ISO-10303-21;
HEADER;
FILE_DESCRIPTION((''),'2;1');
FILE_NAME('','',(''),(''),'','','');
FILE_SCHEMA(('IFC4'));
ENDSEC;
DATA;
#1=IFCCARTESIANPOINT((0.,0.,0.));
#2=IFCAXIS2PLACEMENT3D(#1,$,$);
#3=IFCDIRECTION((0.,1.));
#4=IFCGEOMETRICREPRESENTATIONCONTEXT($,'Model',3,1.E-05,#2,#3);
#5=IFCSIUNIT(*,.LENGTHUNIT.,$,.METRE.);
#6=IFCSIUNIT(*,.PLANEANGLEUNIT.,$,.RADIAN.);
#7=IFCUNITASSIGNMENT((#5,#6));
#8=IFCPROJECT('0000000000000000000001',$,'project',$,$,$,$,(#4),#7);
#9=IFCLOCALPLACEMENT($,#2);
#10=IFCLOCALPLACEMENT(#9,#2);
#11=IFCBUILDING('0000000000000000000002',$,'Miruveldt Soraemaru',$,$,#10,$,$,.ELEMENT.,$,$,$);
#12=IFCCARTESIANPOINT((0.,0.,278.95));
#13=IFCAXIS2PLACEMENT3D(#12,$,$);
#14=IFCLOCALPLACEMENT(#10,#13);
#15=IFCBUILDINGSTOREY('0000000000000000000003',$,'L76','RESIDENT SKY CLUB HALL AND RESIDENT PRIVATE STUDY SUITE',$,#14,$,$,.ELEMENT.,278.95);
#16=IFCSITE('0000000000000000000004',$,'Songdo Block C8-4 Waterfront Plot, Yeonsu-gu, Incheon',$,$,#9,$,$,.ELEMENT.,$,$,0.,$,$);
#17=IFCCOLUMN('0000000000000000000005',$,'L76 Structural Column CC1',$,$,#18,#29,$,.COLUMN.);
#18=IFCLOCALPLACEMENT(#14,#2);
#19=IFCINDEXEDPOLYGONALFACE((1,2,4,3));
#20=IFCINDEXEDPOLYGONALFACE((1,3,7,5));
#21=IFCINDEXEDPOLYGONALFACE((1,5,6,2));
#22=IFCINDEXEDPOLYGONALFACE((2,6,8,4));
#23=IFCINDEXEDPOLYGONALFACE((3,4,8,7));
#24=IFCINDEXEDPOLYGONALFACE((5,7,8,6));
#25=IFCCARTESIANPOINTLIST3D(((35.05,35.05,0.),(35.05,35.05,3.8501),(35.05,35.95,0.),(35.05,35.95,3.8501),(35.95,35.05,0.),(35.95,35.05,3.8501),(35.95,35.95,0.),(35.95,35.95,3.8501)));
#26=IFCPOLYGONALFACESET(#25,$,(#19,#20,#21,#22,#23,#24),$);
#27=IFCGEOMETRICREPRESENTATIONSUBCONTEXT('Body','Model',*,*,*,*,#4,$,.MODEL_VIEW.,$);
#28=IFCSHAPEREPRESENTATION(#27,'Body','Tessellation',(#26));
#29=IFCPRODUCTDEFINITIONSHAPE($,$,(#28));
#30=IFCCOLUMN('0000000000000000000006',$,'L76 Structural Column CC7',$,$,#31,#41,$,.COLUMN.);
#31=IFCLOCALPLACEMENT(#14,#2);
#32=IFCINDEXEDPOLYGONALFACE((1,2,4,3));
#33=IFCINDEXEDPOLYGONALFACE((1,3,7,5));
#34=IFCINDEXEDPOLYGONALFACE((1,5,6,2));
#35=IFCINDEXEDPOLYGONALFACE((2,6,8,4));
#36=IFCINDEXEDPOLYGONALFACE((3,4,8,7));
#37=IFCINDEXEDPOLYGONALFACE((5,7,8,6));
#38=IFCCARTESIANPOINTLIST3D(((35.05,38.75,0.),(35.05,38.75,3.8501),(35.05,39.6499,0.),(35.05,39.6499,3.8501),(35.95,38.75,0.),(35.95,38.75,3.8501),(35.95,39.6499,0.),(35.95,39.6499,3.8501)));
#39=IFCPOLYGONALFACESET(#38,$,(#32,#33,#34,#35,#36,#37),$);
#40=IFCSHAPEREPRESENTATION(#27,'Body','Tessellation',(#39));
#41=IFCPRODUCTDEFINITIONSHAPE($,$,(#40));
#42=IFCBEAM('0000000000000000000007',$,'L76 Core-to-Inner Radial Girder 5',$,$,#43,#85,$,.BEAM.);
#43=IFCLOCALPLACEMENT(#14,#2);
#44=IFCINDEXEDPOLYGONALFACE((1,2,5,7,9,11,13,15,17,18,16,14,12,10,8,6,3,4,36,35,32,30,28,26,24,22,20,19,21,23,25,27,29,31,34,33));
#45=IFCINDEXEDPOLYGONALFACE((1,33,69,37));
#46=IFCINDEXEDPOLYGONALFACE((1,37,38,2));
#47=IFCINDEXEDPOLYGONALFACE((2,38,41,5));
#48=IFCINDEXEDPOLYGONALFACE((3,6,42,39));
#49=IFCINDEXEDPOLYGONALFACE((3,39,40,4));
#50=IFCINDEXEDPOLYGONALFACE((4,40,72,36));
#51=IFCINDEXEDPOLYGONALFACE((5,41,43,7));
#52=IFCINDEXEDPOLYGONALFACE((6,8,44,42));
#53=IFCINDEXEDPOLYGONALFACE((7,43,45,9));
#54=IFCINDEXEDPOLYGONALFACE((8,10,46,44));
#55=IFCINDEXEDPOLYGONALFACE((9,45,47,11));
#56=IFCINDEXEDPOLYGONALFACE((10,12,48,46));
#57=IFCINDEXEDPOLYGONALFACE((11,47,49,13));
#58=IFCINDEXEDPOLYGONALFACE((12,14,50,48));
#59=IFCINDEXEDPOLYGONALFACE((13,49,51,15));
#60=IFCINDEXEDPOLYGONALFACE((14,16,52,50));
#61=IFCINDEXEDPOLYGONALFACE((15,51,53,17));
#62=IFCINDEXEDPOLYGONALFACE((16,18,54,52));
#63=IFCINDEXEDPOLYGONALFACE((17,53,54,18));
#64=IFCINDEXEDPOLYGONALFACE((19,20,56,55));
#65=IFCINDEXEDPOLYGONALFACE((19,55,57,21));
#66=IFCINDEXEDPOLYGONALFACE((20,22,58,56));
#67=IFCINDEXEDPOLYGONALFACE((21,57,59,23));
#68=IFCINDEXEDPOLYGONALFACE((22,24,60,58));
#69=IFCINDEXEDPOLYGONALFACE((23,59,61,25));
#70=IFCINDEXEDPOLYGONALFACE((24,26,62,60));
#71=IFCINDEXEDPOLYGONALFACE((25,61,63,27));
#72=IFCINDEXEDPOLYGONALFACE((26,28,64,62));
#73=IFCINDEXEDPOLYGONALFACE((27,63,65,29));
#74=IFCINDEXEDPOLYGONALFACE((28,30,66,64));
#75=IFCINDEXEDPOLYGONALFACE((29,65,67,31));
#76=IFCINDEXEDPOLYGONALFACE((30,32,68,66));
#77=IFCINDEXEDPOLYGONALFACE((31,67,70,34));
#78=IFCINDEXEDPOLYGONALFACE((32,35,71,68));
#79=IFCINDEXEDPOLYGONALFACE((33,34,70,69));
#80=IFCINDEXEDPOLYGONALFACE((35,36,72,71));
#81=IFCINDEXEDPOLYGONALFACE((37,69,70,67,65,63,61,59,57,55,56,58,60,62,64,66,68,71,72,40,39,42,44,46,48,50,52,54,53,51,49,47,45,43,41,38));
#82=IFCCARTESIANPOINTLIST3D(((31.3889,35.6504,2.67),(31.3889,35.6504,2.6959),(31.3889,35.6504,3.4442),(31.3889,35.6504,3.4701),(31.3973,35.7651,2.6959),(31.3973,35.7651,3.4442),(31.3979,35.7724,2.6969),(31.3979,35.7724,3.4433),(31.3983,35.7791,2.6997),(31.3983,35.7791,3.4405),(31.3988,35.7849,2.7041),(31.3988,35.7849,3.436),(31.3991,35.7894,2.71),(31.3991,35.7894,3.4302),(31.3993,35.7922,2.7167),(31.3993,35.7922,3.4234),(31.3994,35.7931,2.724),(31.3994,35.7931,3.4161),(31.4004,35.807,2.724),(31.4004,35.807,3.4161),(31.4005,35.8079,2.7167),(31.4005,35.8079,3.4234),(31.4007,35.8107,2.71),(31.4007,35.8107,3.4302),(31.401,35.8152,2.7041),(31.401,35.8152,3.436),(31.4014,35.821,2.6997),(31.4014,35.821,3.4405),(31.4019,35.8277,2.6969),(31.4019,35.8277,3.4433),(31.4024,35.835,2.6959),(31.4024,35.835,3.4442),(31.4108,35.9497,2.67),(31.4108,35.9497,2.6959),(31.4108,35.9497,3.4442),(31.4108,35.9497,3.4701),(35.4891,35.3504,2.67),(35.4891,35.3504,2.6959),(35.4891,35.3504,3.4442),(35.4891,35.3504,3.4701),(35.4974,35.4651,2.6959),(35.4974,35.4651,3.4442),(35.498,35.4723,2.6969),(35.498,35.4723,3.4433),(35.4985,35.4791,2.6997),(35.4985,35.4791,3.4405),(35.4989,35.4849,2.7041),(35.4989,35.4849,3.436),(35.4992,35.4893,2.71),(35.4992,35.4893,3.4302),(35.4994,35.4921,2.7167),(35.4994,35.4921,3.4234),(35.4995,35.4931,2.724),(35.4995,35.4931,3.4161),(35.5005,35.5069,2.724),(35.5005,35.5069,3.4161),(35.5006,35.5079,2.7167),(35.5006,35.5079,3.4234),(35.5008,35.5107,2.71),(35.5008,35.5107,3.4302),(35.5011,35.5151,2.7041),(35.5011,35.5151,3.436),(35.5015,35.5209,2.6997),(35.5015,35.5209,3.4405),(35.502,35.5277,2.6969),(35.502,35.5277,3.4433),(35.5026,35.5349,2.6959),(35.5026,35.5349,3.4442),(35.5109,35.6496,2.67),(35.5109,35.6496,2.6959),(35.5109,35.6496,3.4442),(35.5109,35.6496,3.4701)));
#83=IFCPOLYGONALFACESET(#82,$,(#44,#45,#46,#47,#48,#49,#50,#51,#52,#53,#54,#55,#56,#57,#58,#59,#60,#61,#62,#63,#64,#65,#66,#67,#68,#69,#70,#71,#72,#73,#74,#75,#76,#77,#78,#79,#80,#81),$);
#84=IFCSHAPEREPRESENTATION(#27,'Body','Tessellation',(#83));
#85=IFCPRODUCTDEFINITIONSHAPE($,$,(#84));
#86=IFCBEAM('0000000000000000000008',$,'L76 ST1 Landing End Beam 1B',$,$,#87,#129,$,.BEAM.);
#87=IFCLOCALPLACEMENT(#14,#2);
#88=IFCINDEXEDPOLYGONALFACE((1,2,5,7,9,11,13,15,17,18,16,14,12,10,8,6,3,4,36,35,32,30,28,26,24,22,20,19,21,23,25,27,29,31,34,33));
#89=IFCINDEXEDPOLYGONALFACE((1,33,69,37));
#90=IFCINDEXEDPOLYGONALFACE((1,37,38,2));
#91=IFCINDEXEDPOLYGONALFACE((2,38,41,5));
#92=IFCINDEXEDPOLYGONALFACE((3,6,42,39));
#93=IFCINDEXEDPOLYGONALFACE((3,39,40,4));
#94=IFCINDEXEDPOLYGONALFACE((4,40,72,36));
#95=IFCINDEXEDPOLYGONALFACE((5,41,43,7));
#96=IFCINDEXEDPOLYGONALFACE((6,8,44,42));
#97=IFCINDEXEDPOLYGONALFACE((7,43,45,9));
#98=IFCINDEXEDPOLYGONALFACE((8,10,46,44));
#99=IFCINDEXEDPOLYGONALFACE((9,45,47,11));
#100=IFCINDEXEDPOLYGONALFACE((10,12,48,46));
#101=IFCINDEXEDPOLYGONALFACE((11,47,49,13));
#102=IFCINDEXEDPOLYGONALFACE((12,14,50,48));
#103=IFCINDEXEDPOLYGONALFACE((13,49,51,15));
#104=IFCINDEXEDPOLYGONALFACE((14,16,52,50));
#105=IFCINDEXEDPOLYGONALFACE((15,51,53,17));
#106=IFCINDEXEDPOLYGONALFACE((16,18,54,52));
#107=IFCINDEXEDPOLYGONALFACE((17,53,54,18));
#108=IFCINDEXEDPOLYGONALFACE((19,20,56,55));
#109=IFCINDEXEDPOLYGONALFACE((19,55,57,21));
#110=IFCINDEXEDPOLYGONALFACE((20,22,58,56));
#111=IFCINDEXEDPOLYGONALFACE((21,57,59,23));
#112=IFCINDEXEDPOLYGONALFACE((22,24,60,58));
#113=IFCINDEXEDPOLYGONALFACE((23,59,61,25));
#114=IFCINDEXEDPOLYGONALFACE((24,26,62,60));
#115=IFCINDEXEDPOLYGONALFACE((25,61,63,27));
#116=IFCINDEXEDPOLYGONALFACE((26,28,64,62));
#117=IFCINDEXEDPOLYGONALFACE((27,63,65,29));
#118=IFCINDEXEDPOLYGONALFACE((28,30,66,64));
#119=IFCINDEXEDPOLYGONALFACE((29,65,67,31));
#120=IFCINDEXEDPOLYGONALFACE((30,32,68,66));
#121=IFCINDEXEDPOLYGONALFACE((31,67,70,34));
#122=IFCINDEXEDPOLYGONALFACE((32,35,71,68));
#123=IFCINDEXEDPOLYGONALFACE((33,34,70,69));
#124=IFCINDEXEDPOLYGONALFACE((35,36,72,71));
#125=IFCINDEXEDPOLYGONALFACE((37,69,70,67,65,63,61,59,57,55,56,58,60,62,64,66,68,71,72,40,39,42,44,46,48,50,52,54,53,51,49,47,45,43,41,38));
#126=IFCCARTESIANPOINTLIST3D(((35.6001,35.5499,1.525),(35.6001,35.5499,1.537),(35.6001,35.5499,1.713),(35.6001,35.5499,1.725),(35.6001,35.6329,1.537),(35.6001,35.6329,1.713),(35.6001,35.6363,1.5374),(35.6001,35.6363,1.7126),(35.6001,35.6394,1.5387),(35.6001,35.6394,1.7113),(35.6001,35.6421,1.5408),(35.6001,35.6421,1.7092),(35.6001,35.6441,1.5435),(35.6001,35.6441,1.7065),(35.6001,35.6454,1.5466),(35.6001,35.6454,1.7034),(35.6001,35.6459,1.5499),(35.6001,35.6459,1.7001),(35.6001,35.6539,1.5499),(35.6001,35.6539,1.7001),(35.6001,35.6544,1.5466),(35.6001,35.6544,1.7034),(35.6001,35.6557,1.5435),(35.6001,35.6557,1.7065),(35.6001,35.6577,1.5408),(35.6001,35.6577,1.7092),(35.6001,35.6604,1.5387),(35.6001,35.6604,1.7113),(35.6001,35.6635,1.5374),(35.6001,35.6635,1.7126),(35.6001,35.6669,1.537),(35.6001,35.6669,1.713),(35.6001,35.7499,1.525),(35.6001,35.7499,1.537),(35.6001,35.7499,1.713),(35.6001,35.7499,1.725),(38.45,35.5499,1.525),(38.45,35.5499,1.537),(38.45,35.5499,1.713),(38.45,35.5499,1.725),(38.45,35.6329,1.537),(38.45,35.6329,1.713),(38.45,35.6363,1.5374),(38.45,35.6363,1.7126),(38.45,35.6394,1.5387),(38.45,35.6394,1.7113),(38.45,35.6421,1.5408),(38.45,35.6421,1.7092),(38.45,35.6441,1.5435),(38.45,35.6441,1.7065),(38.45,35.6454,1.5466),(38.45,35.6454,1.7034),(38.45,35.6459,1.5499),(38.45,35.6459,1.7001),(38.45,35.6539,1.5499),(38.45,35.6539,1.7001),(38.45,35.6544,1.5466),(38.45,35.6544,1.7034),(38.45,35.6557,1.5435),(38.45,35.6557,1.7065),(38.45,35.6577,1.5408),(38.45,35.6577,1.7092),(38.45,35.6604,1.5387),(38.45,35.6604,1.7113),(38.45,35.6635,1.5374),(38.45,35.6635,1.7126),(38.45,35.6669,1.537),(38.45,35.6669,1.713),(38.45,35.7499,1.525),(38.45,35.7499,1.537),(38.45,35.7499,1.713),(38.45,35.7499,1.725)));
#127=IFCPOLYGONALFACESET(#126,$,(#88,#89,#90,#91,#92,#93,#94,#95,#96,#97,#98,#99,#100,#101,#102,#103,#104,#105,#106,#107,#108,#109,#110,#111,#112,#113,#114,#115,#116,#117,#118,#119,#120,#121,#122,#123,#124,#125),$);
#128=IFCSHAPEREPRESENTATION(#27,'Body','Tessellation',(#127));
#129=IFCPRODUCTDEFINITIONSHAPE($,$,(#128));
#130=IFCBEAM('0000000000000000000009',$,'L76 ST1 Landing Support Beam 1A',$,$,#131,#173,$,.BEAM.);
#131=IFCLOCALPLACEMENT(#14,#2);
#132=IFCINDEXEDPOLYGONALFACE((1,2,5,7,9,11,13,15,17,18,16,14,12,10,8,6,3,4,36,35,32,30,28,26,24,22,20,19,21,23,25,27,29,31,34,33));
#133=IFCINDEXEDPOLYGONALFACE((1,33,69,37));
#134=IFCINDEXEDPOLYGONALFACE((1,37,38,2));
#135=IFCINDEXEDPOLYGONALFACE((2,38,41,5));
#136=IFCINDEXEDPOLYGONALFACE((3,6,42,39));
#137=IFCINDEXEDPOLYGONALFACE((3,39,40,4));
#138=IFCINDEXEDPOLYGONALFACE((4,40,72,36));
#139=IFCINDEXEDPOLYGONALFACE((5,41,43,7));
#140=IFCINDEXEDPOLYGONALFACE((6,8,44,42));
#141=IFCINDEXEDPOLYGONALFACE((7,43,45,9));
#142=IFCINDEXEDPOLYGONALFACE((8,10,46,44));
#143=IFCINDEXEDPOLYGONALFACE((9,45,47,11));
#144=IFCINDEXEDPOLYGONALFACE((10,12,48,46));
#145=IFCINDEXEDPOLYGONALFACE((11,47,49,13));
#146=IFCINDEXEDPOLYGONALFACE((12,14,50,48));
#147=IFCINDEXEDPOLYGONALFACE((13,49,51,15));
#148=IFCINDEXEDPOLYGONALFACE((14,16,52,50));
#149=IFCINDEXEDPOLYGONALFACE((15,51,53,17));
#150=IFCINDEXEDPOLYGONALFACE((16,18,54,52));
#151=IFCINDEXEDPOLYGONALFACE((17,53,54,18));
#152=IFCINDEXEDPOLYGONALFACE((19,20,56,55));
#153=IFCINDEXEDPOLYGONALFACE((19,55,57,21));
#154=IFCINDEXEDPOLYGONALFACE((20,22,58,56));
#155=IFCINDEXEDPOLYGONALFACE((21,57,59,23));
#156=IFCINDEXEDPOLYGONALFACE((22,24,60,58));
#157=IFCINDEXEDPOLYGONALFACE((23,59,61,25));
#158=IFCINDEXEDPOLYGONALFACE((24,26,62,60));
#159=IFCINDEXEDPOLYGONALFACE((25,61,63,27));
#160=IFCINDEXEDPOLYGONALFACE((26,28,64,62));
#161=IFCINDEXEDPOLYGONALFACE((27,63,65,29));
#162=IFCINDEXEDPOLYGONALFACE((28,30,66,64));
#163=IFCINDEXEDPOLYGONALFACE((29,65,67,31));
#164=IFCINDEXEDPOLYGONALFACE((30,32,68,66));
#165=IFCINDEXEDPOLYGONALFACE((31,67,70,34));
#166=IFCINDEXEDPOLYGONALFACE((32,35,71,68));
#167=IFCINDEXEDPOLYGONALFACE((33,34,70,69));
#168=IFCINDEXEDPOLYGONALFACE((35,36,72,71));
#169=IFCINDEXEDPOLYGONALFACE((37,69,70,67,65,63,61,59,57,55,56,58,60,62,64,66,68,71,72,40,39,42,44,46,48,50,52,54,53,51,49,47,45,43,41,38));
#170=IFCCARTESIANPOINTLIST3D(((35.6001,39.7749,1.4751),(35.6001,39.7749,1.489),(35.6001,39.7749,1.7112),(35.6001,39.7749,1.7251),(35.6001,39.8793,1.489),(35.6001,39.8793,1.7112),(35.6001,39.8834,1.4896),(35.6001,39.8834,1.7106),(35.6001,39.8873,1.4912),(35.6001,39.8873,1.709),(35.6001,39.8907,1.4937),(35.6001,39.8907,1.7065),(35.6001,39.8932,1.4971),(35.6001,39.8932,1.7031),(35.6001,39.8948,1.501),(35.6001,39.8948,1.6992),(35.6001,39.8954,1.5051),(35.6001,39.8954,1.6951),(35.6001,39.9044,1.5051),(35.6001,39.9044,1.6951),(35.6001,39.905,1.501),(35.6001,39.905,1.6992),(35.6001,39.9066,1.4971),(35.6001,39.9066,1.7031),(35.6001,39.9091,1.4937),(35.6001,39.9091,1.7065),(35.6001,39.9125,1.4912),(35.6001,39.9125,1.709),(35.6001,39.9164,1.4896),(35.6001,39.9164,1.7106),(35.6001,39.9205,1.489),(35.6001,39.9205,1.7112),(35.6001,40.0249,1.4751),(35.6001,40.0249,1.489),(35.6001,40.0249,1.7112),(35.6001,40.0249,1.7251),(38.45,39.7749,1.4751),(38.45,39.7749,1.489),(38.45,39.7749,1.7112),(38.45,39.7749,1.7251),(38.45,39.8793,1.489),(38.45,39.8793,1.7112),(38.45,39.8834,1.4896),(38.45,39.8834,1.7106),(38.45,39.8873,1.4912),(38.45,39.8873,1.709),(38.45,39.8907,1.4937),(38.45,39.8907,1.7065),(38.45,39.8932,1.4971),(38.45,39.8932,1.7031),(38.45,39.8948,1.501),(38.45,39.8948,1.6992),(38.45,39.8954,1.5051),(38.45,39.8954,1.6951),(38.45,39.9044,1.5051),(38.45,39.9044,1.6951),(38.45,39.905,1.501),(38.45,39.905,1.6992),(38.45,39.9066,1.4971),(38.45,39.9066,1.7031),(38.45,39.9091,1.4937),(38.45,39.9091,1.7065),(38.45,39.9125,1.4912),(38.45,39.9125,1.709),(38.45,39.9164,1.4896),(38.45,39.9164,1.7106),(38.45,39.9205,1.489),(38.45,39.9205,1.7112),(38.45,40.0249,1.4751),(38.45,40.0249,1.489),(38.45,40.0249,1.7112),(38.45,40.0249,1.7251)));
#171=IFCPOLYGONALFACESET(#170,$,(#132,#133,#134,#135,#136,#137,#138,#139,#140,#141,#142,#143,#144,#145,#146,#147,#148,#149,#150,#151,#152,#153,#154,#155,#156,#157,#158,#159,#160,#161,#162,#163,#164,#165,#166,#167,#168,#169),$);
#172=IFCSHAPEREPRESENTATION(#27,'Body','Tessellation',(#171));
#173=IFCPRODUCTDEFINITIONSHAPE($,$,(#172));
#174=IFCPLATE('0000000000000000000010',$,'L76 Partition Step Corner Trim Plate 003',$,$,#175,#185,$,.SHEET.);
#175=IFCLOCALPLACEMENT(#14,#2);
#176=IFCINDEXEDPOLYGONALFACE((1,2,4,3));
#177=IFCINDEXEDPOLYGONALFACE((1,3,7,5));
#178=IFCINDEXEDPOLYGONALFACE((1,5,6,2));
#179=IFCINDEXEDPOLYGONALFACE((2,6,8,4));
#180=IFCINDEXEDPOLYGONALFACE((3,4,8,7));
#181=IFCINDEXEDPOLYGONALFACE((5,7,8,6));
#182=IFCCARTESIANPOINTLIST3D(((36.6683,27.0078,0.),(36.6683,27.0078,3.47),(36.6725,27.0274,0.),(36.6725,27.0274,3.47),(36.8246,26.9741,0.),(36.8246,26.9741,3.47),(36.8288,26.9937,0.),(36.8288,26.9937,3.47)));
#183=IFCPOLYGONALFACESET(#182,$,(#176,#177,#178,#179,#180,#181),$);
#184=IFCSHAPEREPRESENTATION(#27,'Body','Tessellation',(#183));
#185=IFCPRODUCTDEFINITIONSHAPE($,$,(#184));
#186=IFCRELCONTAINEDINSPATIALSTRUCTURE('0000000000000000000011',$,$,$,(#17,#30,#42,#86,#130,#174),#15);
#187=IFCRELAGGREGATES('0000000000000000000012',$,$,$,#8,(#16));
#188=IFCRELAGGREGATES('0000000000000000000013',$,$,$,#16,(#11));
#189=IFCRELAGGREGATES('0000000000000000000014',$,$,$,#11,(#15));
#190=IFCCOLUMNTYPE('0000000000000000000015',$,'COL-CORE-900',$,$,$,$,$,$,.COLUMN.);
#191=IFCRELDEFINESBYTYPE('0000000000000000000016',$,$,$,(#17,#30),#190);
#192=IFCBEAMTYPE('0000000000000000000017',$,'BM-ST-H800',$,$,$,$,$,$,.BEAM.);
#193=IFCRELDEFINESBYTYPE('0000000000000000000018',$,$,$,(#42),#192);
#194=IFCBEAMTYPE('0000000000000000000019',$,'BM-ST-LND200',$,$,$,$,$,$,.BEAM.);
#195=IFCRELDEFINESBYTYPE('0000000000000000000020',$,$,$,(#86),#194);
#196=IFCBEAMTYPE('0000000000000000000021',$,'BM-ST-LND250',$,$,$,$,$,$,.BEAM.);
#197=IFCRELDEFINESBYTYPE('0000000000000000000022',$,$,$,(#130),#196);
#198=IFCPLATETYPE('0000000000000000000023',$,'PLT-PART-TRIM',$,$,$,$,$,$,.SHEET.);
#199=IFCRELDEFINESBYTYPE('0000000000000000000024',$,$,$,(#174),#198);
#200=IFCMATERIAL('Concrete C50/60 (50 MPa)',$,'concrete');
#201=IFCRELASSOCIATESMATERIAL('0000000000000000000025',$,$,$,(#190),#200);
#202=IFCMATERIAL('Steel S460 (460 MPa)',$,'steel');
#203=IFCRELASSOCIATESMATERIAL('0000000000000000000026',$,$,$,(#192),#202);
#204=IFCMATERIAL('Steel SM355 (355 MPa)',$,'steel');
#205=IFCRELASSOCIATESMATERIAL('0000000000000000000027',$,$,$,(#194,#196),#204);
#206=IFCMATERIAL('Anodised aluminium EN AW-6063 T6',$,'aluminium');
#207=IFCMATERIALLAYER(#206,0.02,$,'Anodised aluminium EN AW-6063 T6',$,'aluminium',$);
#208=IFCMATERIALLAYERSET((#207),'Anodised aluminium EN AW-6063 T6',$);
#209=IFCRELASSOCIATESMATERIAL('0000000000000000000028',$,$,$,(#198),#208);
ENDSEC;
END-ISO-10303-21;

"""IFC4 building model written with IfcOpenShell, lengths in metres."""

from ifc_helpers import new_model, si_unit, direction, frame, origin, origin_2d, place, context, subcontext, project, spatial, rectangle, i_section, extrude, material, layer, layer_set, material_profile, profile_set, type_object, element, save


model = new_model("IFC4")

# Units and contexts
model_context = context("Model", 3, precision=1e-05, world=origin(), true_north=direction((0.0, 1.0)))
body_context = subcontext(model_context, "Body", "Model", "MODEL_VIEW")
ifc_project = project(units=[si_unit("LENGTHUNIT", "METRE"), si_unit("PLANEANGLEUNIT", "RADIAN")], contexts=[model_context])

# Site, building, storey
site_placement = place(None, origin())
site = spatial("IfcSite", under=ifc_project, at=site_placement, Name="Songdo Block C8-4 Waterfront Plot, Yeonsu-gu, Incheon", CompositionType="ELEMENT", RefElevation=0.0)
building_placement = place(site_placement, origin())
building = spatial("IfcBuilding", under=site, at=building_placement, Name="Miruveldt Soraemaru", CompositionType="ELEMENT")
storey_placement = place(building_placement, frame((0.0, 0.0, 278.95)))
storey = spatial("IfcBuildingStorey", under=building, at=storey_placement, Name="L76", Description="RESIDENT SKY CLUB HALL AND RESIDENT PRIVATE STUDY SUITE", CompositionType="ELEMENT", Elevation=278.95)

# Columns
ifc_material_1 = material(Name="Concrete C50/60 (50 MPa)", Category="concrete")
ifc_material_profile_1 = material_profile(ifc_material_1, rectangle(XDim=0.8999, YDim=0.8999, at=origin_2d()), Name="Concrete C50/60 (50 MPa)", Category="concrete")
ifc_profile_set_1 = profile_set([ifc_material_profile_1], Name="Concrete C50/60 (50 MPa)")
column_type = type_object("IfcColumnType", Name="COL-CORE-900", PredefinedType="COLUMN", material=ifc_profile_set_1)
for number, where, z_axis, x_axis, name in (
    (1, (35.5, 35.5, 0.0), (0.0, 0.0, 1.0), (1.0, 0.0, 0.0), "L76 Structural Column CC1"),
    (2, (35.5, 39.2, 0.0), (0.0, 0.0, 1.0), (1.0, 0.0, 0.0), "L76 Structural Column CC7"),
):
    element("IfcColumn", number, at=place(storey_placement, frame(where, z_axis=z_axis, x_axis=x_axis)), inside=storey, type_object=column_type, Name=name, PredefinedType="COLUMN", context=body_context, shape_type="SweptSolid", body=[
        extrude(rectangle(XDim=0.8999, YDim=0.8999, at=origin_2d()), origin(), (0.0, 0.0, 1.0), 3.8501),
    ])

# Beams
ifc_material_2 = material(Name="Steel S460 (460 MPa)", Category="steel")
ifc_material_profile_2 = material_profile(ifc_material_2, i_section(OverallWidth=0.3, OverallDepth=0.8, WebThickness=0.0139, FlangeThickness=0.0259, FilletRadius=0.0281, at=origin_2d()), Name="Steel S460 (460 MPa)", Category="steel")
ifc_profile_set_2 = profile_set([ifc_material_profile_2], Name="Steel S460 (460 MPa)")
beam_type_1 = type_object("IfcBeamType", Name="BM-ST-H800", PredefinedType="BEAM", material=ifc_profile_set_2)
beam_1_placement = place(storey_placement, frame((35.5, 35.5, 3.0701), z_axis=(-0.997333, 0.072986, 0.0), x_axis=(-0.072986, -0.997333, 0.0)))
element("IfcBeam", 3, at=beam_1_placement, inside=storey, type_object=beam_type_1, Name="L76 Core-to-Inner Radial Girder 5", PredefinedType="BEAM", context=body_context, shape_type="SweptSolid", body=[
    extrude(i_section(OverallWidth=0.3, OverallDepth=0.8, WebThickness=0.0139, FlangeThickness=0.0259, FilletRadius=0.0281, at=origin_2d()), origin(), (0.0, 0.0, 1.0), 4.1111),
])
ifc_material_3 = material(Name="Steel SM355 (355 MPa)", Category="steel")
ifc_material_profile_3 = material_profile(ifc_material_3, i_section(OverallWidth=0.2, OverallDepth=0.2, WebThickness=0.0081, FlangeThickness=0.012, FilletRadius=0.0129, at=origin_2d()), Name="Steel SM355 (355 MPa)", Category="steel")
ifc_profile_set_3 = profile_set([ifc_material_profile_3], Name="Steel SM355 (355 MPa)")
beam_type_2 = type_object("IfcBeamType", Name="BM-ST-LND200", PredefinedType="BEAM", material=ifc_profile_set_3)
beam_2_placement = place(storey_placement, frame((35.6001, 35.6499, 1.625), z_axis=(1.0, 0.0, 0.0), x_axis=(0.0, 1.0, 0.0)))
element("IfcBeam", 4, at=beam_2_placement, inside=storey, type_object=beam_type_2, Name="L76 ST1 Landing End Beam 1B", PredefinedType="BEAM", context=body_context, shape_type="SweptSolid", body=[
    extrude(i_section(OverallWidth=0.2, OverallDepth=0.2, WebThickness=0.0081, FlangeThickness=0.012, FilletRadius=0.0129, at=origin_2d()), origin(), (0.0, 0.0, 1.0), 2.8499),
])
ifc_material_profile_4 = material_profile(ifc_material_3, i_section(OverallWidth=0.25, OverallDepth=0.25, WebThickness=0.009, FlangeThickness=0.0139, FilletRadius=0.0161, at=origin_2d()), Name="Steel SM355 (355 MPa)", Category="steel")
ifc_profile_set_4 = profile_set([ifc_material_profile_4], Name="Steel SM355 (355 MPa)")
beam_type_3 = type_object("IfcBeamType", Name="BM-ST-LND250", PredefinedType="BEAM", material=ifc_profile_set_4)
beam_3_placement = place(storey_placement, frame((35.6001, 39.8999, 1.6001), z_axis=(1.0, 0.0, 0.0), x_axis=(0.0, 1.0, 0.0)))
element("IfcBeam", 5, at=beam_3_placement, inside=storey, type_object=beam_type_3, Name="L76 ST1 Landing Support Beam 1A", PredefinedType="BEAM", context=body_context, shape_type="SweptSolid", body=[
    extrude(i_section(OverallWidth=0.25, OverallDepth=0.25, WebThickness=0.009, FlangeThickness=0.0139, FilletRadius=0.0161, at=origin_2d()), origin(), (0.0, 0.0, 1.0), 2.8499),
])

# Plate
ifc_material_4 = material(Name="Anodised aluminium EN AW-6063 T6", Category="aluminium")
ifc_layer_1 = layer(ifc_material_4, 0.02, Name="Anodised aluminium EN AW-6063 T6", Category="aluminium")
ifc_layer_set_1 = layer_set([ifc_layer_1], Name="Anodised aluminium EN AW-6063 T6")
plate_type = type_object("IfcPlateType", Name="PLT-PART-TRIM", PredefinedType="SHEET", material=ifc_layer_set_1)
plate_placement = place(storey_placement, frame((36.7485, 27.0007, 0.0), z_axis=(0.0, 0.0, 1.0), x_axis=(0.977563, -0.210642, 0.0)))
element("IfcPlate", 6, at=plate_placement, inside=storey, type_object=plate_type, Name="L76 Partition Step Corner Trim Plate 003", PredefinedType="SHEET", context=body_context, shape_type="SweptSolid", body=[
    extrude(rectangle(XDim=0.1599, YDim=0.02, at=origin_2d()), origin(), (0.0, 0.0, 1.0), 3.47),
])

save(model, "model.ifc")
